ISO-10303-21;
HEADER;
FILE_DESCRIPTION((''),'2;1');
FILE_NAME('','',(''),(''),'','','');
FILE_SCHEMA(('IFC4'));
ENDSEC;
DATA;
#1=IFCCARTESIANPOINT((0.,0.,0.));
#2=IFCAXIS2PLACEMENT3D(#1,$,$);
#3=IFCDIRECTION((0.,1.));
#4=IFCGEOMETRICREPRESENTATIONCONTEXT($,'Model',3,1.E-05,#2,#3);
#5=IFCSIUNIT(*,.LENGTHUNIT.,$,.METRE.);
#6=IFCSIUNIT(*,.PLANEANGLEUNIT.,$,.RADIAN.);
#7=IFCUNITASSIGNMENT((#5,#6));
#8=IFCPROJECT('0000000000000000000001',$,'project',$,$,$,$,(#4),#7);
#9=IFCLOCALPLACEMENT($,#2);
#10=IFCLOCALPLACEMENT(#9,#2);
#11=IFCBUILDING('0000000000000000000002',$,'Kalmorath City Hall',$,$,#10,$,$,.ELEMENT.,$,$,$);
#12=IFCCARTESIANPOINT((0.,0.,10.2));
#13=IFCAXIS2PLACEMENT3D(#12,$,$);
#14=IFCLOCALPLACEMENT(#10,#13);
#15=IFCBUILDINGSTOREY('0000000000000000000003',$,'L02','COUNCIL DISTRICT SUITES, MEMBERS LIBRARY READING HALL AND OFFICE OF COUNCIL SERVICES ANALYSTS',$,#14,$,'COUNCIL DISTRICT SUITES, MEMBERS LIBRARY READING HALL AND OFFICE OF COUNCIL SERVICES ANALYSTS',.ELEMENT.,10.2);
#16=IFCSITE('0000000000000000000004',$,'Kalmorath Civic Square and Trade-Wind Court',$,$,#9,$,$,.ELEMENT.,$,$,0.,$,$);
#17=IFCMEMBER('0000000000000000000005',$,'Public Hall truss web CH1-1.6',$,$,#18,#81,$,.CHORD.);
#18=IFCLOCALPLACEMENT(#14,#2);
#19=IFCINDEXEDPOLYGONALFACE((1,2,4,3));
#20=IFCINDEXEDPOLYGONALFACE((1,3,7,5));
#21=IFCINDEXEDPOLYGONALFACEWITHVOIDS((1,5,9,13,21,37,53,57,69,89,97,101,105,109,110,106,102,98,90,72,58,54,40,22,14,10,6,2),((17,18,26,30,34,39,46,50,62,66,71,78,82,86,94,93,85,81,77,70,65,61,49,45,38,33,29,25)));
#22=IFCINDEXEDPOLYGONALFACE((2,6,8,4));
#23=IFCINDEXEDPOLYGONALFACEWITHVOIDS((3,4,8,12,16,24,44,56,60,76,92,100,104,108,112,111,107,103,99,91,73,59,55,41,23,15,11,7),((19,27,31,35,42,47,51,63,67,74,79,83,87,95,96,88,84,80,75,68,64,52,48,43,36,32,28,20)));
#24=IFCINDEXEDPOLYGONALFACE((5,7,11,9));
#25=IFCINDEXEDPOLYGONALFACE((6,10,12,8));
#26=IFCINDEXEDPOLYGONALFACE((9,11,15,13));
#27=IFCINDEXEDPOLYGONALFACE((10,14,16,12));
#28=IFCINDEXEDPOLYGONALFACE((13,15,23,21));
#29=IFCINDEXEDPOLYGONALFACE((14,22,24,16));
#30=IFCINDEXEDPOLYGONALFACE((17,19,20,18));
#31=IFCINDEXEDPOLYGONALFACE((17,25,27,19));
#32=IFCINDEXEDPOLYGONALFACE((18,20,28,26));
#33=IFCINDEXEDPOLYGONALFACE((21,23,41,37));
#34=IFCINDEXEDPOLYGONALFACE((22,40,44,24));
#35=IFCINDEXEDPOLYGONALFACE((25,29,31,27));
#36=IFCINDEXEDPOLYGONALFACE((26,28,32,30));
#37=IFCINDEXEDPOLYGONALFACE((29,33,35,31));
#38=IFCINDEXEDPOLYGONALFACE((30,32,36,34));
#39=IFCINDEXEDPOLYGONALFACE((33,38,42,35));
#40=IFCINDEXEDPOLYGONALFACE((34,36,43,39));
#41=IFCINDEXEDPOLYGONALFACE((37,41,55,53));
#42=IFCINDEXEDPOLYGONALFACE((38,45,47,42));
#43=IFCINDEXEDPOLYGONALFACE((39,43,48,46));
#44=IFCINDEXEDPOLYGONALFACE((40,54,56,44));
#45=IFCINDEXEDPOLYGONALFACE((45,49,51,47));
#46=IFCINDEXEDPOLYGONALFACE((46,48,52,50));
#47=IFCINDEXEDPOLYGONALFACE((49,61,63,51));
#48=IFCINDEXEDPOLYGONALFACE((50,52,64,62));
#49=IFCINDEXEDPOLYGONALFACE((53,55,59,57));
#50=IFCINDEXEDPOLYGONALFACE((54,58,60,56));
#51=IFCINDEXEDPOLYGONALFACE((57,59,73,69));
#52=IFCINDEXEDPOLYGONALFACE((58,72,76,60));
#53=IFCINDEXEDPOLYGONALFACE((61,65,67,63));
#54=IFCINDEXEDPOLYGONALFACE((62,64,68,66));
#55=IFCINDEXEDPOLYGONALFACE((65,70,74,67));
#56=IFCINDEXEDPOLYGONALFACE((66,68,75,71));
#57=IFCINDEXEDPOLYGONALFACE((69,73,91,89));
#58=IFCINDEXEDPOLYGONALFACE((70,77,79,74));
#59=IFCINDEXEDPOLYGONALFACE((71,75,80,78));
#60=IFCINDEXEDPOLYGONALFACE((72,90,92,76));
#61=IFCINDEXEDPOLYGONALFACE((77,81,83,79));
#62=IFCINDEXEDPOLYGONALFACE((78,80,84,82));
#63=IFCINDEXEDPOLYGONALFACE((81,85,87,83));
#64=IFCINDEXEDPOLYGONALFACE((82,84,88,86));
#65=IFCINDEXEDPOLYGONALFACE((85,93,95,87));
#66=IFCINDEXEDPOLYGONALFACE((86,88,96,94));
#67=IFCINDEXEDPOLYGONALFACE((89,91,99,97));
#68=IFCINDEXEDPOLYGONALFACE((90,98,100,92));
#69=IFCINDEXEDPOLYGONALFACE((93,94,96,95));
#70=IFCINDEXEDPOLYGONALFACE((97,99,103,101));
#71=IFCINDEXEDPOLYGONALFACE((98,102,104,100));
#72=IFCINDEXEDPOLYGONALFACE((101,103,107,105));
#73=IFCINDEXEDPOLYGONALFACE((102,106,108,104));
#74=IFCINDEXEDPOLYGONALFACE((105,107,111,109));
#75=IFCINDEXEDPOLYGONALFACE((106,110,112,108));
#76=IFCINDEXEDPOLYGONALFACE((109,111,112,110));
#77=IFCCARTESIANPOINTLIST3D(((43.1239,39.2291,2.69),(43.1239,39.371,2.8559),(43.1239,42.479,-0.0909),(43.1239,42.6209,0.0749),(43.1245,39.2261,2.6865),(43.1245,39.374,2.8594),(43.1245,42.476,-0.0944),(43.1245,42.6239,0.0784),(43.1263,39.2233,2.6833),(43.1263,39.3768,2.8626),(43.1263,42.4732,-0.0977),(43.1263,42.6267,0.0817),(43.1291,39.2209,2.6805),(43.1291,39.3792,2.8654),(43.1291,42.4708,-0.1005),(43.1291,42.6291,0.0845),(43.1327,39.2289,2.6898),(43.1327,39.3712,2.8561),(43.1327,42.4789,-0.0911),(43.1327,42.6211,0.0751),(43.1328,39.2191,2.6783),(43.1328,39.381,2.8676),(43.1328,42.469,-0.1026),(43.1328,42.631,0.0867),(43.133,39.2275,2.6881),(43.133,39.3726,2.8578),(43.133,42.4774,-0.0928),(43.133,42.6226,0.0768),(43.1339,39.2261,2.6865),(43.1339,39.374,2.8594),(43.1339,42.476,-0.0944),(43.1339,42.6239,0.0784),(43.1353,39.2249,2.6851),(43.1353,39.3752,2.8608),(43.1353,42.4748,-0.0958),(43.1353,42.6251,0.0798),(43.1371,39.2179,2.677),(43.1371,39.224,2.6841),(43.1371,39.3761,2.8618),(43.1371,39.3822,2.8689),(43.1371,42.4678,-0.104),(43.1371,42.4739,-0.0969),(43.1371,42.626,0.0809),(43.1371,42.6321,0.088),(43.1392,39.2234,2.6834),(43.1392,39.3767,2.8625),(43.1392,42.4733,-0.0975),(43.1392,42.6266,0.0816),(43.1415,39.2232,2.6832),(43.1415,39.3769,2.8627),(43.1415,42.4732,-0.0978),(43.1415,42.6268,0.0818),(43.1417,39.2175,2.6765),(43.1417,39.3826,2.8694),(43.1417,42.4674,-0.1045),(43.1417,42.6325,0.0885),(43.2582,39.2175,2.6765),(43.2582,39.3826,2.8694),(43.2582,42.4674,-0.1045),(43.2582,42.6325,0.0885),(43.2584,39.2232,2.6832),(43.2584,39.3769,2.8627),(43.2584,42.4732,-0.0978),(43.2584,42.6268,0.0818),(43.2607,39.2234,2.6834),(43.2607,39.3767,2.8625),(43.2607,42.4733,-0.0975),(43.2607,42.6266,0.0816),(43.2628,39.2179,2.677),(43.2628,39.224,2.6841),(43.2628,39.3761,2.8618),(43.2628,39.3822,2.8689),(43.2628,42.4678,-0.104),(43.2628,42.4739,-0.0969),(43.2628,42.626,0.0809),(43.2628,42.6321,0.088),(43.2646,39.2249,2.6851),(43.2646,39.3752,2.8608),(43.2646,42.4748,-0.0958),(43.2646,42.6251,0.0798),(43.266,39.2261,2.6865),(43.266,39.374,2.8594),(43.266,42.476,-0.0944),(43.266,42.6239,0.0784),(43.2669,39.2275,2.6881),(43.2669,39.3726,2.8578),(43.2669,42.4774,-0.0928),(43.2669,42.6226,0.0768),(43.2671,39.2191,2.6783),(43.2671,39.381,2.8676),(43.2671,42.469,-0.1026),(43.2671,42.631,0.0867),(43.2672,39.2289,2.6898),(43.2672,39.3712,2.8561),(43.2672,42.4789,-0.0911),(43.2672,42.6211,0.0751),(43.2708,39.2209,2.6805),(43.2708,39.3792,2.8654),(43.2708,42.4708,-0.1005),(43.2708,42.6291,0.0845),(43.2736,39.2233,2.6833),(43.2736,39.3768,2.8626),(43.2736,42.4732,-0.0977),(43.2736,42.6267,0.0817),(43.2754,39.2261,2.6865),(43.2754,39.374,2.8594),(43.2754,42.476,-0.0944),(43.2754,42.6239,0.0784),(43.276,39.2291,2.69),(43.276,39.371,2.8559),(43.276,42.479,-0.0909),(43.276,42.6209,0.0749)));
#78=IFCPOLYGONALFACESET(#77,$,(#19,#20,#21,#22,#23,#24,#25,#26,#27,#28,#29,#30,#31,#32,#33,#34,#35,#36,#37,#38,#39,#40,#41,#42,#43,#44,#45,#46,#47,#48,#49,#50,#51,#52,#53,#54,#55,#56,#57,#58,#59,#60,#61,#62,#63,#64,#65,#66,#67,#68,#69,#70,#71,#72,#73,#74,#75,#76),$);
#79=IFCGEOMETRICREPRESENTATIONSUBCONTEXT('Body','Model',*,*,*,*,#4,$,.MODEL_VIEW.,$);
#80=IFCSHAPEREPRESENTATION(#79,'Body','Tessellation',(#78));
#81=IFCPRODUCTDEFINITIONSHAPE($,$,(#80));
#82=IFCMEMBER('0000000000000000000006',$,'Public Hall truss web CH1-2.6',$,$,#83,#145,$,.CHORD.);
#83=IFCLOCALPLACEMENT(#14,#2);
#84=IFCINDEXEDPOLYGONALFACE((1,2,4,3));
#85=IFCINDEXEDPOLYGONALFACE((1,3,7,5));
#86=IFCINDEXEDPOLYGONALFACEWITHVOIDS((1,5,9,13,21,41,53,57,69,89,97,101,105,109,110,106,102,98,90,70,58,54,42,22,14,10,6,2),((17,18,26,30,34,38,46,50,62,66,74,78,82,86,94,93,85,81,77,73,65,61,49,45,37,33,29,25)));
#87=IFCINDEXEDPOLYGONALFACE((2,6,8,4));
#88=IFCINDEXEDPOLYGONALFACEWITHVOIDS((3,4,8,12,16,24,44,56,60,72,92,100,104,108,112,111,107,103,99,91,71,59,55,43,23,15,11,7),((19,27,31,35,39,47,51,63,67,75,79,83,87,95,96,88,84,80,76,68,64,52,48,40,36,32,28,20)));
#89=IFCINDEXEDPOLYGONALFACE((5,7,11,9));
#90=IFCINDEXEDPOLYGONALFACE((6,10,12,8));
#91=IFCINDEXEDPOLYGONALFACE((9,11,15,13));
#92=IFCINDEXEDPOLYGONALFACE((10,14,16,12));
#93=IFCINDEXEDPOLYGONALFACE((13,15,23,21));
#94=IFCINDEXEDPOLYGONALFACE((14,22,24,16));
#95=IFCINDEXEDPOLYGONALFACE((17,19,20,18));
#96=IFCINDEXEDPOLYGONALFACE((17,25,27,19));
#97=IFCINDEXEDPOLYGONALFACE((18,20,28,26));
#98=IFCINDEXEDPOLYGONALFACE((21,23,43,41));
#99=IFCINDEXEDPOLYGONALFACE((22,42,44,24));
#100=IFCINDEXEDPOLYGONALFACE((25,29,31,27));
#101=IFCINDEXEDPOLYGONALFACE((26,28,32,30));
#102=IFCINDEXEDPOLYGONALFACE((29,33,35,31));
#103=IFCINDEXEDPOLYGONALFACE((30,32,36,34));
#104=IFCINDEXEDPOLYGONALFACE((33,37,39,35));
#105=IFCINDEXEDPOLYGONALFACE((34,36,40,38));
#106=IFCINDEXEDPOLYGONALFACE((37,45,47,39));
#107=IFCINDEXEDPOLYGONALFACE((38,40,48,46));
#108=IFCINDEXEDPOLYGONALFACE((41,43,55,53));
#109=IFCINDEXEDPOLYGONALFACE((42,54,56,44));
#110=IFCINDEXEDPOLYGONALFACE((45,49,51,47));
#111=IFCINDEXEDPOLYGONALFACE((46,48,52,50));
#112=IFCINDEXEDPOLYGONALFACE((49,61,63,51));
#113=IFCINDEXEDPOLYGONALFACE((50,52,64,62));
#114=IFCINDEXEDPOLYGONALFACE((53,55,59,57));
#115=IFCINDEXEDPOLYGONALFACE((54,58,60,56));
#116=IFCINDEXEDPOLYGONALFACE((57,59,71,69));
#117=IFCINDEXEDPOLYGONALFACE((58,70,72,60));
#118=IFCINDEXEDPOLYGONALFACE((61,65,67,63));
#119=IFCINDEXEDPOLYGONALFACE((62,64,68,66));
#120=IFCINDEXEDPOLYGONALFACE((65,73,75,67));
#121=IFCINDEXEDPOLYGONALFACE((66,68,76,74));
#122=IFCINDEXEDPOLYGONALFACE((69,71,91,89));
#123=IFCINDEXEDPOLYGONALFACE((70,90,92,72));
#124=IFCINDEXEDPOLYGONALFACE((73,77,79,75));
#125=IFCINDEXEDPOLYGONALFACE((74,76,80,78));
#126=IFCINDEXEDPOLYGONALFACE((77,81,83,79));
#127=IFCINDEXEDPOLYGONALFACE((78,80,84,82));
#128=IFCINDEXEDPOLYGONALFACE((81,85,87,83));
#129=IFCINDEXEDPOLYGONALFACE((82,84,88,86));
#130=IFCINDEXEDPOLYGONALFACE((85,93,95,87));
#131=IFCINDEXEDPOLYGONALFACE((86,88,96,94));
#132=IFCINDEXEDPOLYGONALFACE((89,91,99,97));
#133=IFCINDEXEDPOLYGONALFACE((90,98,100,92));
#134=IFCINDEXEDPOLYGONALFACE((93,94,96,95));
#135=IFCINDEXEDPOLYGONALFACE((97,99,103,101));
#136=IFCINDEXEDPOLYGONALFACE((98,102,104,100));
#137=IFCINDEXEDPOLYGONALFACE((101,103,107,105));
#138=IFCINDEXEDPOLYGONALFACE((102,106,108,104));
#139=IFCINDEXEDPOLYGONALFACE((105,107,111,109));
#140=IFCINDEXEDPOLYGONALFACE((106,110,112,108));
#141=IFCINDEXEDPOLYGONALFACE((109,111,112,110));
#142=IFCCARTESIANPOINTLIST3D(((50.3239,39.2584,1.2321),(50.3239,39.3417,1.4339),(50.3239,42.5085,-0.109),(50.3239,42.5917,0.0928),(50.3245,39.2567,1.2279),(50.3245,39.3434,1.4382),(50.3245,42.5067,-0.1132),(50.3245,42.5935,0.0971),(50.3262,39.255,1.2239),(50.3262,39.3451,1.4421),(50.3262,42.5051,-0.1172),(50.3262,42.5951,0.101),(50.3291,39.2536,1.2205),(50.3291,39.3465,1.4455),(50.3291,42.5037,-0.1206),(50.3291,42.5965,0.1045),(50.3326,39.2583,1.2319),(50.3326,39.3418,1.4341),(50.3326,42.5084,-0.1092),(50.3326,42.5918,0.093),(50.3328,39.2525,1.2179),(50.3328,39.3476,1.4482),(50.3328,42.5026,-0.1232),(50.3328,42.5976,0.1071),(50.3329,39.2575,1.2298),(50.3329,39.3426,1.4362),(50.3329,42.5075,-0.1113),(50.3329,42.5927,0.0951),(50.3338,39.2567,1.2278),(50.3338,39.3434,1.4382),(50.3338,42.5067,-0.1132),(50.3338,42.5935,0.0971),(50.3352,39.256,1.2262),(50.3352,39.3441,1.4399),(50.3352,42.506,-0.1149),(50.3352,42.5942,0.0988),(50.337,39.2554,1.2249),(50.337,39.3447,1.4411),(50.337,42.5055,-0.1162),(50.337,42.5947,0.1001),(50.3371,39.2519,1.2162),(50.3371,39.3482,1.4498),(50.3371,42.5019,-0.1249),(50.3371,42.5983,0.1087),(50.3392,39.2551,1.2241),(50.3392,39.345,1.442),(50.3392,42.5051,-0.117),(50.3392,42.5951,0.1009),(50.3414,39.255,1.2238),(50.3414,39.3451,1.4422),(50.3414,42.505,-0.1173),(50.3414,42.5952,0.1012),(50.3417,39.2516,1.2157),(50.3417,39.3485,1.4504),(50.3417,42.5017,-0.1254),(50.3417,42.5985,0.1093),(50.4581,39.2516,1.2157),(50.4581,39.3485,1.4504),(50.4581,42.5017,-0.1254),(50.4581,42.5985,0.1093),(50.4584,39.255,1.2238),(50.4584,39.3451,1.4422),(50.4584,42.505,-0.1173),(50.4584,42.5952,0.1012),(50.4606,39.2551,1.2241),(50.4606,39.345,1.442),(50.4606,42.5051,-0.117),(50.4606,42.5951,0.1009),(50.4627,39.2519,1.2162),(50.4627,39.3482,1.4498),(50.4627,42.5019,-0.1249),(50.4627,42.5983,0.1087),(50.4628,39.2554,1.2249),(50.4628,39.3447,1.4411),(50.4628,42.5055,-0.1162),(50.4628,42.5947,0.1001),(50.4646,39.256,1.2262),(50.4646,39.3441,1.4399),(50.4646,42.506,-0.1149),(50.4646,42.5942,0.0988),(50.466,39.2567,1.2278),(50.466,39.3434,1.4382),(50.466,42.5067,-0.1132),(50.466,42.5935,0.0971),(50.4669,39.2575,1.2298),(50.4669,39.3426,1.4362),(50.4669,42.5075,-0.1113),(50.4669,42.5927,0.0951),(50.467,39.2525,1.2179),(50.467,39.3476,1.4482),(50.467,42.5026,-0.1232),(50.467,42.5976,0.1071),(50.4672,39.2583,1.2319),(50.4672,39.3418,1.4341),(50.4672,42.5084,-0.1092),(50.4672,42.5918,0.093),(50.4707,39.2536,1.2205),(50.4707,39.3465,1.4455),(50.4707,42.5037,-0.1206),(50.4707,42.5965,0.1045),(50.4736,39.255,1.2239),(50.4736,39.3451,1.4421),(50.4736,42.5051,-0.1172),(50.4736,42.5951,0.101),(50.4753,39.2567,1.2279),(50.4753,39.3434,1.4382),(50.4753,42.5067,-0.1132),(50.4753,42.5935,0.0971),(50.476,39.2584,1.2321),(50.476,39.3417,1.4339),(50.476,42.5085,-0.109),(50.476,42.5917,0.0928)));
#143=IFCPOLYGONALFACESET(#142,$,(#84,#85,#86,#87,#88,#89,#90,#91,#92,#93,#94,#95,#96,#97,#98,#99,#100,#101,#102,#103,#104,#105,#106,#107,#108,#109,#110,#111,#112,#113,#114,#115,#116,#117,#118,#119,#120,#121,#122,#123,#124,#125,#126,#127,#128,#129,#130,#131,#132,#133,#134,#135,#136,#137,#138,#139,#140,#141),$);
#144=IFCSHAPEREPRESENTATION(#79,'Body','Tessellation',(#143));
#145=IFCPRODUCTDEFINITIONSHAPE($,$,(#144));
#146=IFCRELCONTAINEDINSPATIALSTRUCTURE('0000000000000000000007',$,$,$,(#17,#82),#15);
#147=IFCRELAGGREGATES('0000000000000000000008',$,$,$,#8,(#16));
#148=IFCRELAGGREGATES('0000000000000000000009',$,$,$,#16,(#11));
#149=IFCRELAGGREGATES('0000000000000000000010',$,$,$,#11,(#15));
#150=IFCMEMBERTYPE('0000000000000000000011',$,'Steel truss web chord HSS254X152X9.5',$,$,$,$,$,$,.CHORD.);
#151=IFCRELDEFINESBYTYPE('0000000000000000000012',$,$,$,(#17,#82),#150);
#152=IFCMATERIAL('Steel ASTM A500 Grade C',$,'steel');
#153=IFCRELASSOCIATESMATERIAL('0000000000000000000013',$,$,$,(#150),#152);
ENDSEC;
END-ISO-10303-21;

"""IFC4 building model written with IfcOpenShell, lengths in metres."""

from ifc_helpers import new_model, si_unit, direction, frame, origin, origin_2d, place, context, subcontext, project, spatial, hollow_rectangle, extrude, material, material_profile, profile_set, type_object, element, save


model = new_model("IFC4")

# Units and contexts
model_context = context("Model", 3, precision=1e-05, world=origin(), true_north=direction((0.0, 1.0)))
body_context = subcontext(model_context, "Body", "Model", "MODEL_VIEW")
ifc_project = project(units=[si_unit("LENGTHUNIT", "METRE"), si_unit("PLANEANGLEUNIT", "RADIAN")], contexts=[model_context])

# Site, building, storey
site_placement = place(None, origin())
site = spatial("IfcSite", under=ifc_project, at=site_placement, Name="Kalmorath Civic Square and Trade-Wind Court", CompositionType="ELEMENT", RefElevation=0.0)
building_placement = place(site_placement, origin())
building = spatial("IfcBuilding", under=site, at=building_placement, Name="Kalmorath City Hall", CompositionType="ELEMENT")
storey_placement = place(building_placement, frame((0.0, 0.0, 10.2)))
storey = spatial("IfcBuildingStorey", under=building, at=storey_placement, Name="L02", Description="COUNCIL DISTRICT SUITES, MEMBERS LIBRARY READING HALL AND OFFICE OF COUNCIL SERVICES ANALYSTS", LongName="COUNCIL DISTRICT SUITES, MEMBERS LIBRARY READING HALL AND OFFICE OF COUNCIL SERVICES ANALYSTS", CompositionType="ELEMENT", Elevation=10.2)

# Members
ifc_material_1 = material(Name="Steel ASTM A500 Grade C", Category="steel")
ifc_material_profile_1 = material_profile(ifc_material_1, hollow_rectangle(XDim=0.1521, YDim=0.2539, WallThickness=0.0088, InnerFilletRadius=0.0088, OuterFilletRadius=0.0178, at=origin_2d()), Name="HSS254X152X9.5")
ifc_profile_set_1 = profile_set([ifc_material_profile_1], Name="Steel ASTM A500 Grade C")
member_type_1 = type_object("IfcMemberType", Name="Steel truss web chord HSS254X152X9.5", PredefinedType="CHORD", material=ifc_profile_set_1)
member_1_placement = place(storey_placement, frame((43.2, 39.3, 2.7729), z_axis=(0.0, 0.7598, -0.650157), x_axis=(-1.0, 0.0, 0.0)))
element("IfcMember", 1, at=member_1_placement, inside=storey, type_object=member_type_1, Name="Public Hall truss web CH1-1.6", PredefinedType="CHORD", context=body_context, shape_type="SweptSolid", body=[
    extrude(hollow_rectangle(XDim=0.1521, YDim=0.2539, WallThickness=0.0088, InnerFilletRadius=0.0088, OuterFilletRadius=0.0178, at=origin_2d()), origin(), (0.0, 0.0, 1.0), 4.2773),
])
member_2_placement = place(storey_placement, frame((50.3999, 39.3, 1.333), z_axis=(0.0, 0.924395, -0.381438), x_axis=(-1.0, 0.0, 0.0)))
element("IfcMember", 2, at=member_2_placement, inside=storey, type_object=member_type_1, Name="Public Hall truss web CH1-2.6", PredefinedType="CHORD", context=body_context, shape_type="SweptSolid", body=[
    extrude(hollow_rectangle(XDim=0.1521, YDim=0.2539, WallThickness=0.0088, InnerFilletRadius=0.0088, OuterFilletRadius=0.0178, at=origin_2d()), origin(), (0.0, 0.0, 1.0), 3.5159),
])

save(model, "model.ifc")
